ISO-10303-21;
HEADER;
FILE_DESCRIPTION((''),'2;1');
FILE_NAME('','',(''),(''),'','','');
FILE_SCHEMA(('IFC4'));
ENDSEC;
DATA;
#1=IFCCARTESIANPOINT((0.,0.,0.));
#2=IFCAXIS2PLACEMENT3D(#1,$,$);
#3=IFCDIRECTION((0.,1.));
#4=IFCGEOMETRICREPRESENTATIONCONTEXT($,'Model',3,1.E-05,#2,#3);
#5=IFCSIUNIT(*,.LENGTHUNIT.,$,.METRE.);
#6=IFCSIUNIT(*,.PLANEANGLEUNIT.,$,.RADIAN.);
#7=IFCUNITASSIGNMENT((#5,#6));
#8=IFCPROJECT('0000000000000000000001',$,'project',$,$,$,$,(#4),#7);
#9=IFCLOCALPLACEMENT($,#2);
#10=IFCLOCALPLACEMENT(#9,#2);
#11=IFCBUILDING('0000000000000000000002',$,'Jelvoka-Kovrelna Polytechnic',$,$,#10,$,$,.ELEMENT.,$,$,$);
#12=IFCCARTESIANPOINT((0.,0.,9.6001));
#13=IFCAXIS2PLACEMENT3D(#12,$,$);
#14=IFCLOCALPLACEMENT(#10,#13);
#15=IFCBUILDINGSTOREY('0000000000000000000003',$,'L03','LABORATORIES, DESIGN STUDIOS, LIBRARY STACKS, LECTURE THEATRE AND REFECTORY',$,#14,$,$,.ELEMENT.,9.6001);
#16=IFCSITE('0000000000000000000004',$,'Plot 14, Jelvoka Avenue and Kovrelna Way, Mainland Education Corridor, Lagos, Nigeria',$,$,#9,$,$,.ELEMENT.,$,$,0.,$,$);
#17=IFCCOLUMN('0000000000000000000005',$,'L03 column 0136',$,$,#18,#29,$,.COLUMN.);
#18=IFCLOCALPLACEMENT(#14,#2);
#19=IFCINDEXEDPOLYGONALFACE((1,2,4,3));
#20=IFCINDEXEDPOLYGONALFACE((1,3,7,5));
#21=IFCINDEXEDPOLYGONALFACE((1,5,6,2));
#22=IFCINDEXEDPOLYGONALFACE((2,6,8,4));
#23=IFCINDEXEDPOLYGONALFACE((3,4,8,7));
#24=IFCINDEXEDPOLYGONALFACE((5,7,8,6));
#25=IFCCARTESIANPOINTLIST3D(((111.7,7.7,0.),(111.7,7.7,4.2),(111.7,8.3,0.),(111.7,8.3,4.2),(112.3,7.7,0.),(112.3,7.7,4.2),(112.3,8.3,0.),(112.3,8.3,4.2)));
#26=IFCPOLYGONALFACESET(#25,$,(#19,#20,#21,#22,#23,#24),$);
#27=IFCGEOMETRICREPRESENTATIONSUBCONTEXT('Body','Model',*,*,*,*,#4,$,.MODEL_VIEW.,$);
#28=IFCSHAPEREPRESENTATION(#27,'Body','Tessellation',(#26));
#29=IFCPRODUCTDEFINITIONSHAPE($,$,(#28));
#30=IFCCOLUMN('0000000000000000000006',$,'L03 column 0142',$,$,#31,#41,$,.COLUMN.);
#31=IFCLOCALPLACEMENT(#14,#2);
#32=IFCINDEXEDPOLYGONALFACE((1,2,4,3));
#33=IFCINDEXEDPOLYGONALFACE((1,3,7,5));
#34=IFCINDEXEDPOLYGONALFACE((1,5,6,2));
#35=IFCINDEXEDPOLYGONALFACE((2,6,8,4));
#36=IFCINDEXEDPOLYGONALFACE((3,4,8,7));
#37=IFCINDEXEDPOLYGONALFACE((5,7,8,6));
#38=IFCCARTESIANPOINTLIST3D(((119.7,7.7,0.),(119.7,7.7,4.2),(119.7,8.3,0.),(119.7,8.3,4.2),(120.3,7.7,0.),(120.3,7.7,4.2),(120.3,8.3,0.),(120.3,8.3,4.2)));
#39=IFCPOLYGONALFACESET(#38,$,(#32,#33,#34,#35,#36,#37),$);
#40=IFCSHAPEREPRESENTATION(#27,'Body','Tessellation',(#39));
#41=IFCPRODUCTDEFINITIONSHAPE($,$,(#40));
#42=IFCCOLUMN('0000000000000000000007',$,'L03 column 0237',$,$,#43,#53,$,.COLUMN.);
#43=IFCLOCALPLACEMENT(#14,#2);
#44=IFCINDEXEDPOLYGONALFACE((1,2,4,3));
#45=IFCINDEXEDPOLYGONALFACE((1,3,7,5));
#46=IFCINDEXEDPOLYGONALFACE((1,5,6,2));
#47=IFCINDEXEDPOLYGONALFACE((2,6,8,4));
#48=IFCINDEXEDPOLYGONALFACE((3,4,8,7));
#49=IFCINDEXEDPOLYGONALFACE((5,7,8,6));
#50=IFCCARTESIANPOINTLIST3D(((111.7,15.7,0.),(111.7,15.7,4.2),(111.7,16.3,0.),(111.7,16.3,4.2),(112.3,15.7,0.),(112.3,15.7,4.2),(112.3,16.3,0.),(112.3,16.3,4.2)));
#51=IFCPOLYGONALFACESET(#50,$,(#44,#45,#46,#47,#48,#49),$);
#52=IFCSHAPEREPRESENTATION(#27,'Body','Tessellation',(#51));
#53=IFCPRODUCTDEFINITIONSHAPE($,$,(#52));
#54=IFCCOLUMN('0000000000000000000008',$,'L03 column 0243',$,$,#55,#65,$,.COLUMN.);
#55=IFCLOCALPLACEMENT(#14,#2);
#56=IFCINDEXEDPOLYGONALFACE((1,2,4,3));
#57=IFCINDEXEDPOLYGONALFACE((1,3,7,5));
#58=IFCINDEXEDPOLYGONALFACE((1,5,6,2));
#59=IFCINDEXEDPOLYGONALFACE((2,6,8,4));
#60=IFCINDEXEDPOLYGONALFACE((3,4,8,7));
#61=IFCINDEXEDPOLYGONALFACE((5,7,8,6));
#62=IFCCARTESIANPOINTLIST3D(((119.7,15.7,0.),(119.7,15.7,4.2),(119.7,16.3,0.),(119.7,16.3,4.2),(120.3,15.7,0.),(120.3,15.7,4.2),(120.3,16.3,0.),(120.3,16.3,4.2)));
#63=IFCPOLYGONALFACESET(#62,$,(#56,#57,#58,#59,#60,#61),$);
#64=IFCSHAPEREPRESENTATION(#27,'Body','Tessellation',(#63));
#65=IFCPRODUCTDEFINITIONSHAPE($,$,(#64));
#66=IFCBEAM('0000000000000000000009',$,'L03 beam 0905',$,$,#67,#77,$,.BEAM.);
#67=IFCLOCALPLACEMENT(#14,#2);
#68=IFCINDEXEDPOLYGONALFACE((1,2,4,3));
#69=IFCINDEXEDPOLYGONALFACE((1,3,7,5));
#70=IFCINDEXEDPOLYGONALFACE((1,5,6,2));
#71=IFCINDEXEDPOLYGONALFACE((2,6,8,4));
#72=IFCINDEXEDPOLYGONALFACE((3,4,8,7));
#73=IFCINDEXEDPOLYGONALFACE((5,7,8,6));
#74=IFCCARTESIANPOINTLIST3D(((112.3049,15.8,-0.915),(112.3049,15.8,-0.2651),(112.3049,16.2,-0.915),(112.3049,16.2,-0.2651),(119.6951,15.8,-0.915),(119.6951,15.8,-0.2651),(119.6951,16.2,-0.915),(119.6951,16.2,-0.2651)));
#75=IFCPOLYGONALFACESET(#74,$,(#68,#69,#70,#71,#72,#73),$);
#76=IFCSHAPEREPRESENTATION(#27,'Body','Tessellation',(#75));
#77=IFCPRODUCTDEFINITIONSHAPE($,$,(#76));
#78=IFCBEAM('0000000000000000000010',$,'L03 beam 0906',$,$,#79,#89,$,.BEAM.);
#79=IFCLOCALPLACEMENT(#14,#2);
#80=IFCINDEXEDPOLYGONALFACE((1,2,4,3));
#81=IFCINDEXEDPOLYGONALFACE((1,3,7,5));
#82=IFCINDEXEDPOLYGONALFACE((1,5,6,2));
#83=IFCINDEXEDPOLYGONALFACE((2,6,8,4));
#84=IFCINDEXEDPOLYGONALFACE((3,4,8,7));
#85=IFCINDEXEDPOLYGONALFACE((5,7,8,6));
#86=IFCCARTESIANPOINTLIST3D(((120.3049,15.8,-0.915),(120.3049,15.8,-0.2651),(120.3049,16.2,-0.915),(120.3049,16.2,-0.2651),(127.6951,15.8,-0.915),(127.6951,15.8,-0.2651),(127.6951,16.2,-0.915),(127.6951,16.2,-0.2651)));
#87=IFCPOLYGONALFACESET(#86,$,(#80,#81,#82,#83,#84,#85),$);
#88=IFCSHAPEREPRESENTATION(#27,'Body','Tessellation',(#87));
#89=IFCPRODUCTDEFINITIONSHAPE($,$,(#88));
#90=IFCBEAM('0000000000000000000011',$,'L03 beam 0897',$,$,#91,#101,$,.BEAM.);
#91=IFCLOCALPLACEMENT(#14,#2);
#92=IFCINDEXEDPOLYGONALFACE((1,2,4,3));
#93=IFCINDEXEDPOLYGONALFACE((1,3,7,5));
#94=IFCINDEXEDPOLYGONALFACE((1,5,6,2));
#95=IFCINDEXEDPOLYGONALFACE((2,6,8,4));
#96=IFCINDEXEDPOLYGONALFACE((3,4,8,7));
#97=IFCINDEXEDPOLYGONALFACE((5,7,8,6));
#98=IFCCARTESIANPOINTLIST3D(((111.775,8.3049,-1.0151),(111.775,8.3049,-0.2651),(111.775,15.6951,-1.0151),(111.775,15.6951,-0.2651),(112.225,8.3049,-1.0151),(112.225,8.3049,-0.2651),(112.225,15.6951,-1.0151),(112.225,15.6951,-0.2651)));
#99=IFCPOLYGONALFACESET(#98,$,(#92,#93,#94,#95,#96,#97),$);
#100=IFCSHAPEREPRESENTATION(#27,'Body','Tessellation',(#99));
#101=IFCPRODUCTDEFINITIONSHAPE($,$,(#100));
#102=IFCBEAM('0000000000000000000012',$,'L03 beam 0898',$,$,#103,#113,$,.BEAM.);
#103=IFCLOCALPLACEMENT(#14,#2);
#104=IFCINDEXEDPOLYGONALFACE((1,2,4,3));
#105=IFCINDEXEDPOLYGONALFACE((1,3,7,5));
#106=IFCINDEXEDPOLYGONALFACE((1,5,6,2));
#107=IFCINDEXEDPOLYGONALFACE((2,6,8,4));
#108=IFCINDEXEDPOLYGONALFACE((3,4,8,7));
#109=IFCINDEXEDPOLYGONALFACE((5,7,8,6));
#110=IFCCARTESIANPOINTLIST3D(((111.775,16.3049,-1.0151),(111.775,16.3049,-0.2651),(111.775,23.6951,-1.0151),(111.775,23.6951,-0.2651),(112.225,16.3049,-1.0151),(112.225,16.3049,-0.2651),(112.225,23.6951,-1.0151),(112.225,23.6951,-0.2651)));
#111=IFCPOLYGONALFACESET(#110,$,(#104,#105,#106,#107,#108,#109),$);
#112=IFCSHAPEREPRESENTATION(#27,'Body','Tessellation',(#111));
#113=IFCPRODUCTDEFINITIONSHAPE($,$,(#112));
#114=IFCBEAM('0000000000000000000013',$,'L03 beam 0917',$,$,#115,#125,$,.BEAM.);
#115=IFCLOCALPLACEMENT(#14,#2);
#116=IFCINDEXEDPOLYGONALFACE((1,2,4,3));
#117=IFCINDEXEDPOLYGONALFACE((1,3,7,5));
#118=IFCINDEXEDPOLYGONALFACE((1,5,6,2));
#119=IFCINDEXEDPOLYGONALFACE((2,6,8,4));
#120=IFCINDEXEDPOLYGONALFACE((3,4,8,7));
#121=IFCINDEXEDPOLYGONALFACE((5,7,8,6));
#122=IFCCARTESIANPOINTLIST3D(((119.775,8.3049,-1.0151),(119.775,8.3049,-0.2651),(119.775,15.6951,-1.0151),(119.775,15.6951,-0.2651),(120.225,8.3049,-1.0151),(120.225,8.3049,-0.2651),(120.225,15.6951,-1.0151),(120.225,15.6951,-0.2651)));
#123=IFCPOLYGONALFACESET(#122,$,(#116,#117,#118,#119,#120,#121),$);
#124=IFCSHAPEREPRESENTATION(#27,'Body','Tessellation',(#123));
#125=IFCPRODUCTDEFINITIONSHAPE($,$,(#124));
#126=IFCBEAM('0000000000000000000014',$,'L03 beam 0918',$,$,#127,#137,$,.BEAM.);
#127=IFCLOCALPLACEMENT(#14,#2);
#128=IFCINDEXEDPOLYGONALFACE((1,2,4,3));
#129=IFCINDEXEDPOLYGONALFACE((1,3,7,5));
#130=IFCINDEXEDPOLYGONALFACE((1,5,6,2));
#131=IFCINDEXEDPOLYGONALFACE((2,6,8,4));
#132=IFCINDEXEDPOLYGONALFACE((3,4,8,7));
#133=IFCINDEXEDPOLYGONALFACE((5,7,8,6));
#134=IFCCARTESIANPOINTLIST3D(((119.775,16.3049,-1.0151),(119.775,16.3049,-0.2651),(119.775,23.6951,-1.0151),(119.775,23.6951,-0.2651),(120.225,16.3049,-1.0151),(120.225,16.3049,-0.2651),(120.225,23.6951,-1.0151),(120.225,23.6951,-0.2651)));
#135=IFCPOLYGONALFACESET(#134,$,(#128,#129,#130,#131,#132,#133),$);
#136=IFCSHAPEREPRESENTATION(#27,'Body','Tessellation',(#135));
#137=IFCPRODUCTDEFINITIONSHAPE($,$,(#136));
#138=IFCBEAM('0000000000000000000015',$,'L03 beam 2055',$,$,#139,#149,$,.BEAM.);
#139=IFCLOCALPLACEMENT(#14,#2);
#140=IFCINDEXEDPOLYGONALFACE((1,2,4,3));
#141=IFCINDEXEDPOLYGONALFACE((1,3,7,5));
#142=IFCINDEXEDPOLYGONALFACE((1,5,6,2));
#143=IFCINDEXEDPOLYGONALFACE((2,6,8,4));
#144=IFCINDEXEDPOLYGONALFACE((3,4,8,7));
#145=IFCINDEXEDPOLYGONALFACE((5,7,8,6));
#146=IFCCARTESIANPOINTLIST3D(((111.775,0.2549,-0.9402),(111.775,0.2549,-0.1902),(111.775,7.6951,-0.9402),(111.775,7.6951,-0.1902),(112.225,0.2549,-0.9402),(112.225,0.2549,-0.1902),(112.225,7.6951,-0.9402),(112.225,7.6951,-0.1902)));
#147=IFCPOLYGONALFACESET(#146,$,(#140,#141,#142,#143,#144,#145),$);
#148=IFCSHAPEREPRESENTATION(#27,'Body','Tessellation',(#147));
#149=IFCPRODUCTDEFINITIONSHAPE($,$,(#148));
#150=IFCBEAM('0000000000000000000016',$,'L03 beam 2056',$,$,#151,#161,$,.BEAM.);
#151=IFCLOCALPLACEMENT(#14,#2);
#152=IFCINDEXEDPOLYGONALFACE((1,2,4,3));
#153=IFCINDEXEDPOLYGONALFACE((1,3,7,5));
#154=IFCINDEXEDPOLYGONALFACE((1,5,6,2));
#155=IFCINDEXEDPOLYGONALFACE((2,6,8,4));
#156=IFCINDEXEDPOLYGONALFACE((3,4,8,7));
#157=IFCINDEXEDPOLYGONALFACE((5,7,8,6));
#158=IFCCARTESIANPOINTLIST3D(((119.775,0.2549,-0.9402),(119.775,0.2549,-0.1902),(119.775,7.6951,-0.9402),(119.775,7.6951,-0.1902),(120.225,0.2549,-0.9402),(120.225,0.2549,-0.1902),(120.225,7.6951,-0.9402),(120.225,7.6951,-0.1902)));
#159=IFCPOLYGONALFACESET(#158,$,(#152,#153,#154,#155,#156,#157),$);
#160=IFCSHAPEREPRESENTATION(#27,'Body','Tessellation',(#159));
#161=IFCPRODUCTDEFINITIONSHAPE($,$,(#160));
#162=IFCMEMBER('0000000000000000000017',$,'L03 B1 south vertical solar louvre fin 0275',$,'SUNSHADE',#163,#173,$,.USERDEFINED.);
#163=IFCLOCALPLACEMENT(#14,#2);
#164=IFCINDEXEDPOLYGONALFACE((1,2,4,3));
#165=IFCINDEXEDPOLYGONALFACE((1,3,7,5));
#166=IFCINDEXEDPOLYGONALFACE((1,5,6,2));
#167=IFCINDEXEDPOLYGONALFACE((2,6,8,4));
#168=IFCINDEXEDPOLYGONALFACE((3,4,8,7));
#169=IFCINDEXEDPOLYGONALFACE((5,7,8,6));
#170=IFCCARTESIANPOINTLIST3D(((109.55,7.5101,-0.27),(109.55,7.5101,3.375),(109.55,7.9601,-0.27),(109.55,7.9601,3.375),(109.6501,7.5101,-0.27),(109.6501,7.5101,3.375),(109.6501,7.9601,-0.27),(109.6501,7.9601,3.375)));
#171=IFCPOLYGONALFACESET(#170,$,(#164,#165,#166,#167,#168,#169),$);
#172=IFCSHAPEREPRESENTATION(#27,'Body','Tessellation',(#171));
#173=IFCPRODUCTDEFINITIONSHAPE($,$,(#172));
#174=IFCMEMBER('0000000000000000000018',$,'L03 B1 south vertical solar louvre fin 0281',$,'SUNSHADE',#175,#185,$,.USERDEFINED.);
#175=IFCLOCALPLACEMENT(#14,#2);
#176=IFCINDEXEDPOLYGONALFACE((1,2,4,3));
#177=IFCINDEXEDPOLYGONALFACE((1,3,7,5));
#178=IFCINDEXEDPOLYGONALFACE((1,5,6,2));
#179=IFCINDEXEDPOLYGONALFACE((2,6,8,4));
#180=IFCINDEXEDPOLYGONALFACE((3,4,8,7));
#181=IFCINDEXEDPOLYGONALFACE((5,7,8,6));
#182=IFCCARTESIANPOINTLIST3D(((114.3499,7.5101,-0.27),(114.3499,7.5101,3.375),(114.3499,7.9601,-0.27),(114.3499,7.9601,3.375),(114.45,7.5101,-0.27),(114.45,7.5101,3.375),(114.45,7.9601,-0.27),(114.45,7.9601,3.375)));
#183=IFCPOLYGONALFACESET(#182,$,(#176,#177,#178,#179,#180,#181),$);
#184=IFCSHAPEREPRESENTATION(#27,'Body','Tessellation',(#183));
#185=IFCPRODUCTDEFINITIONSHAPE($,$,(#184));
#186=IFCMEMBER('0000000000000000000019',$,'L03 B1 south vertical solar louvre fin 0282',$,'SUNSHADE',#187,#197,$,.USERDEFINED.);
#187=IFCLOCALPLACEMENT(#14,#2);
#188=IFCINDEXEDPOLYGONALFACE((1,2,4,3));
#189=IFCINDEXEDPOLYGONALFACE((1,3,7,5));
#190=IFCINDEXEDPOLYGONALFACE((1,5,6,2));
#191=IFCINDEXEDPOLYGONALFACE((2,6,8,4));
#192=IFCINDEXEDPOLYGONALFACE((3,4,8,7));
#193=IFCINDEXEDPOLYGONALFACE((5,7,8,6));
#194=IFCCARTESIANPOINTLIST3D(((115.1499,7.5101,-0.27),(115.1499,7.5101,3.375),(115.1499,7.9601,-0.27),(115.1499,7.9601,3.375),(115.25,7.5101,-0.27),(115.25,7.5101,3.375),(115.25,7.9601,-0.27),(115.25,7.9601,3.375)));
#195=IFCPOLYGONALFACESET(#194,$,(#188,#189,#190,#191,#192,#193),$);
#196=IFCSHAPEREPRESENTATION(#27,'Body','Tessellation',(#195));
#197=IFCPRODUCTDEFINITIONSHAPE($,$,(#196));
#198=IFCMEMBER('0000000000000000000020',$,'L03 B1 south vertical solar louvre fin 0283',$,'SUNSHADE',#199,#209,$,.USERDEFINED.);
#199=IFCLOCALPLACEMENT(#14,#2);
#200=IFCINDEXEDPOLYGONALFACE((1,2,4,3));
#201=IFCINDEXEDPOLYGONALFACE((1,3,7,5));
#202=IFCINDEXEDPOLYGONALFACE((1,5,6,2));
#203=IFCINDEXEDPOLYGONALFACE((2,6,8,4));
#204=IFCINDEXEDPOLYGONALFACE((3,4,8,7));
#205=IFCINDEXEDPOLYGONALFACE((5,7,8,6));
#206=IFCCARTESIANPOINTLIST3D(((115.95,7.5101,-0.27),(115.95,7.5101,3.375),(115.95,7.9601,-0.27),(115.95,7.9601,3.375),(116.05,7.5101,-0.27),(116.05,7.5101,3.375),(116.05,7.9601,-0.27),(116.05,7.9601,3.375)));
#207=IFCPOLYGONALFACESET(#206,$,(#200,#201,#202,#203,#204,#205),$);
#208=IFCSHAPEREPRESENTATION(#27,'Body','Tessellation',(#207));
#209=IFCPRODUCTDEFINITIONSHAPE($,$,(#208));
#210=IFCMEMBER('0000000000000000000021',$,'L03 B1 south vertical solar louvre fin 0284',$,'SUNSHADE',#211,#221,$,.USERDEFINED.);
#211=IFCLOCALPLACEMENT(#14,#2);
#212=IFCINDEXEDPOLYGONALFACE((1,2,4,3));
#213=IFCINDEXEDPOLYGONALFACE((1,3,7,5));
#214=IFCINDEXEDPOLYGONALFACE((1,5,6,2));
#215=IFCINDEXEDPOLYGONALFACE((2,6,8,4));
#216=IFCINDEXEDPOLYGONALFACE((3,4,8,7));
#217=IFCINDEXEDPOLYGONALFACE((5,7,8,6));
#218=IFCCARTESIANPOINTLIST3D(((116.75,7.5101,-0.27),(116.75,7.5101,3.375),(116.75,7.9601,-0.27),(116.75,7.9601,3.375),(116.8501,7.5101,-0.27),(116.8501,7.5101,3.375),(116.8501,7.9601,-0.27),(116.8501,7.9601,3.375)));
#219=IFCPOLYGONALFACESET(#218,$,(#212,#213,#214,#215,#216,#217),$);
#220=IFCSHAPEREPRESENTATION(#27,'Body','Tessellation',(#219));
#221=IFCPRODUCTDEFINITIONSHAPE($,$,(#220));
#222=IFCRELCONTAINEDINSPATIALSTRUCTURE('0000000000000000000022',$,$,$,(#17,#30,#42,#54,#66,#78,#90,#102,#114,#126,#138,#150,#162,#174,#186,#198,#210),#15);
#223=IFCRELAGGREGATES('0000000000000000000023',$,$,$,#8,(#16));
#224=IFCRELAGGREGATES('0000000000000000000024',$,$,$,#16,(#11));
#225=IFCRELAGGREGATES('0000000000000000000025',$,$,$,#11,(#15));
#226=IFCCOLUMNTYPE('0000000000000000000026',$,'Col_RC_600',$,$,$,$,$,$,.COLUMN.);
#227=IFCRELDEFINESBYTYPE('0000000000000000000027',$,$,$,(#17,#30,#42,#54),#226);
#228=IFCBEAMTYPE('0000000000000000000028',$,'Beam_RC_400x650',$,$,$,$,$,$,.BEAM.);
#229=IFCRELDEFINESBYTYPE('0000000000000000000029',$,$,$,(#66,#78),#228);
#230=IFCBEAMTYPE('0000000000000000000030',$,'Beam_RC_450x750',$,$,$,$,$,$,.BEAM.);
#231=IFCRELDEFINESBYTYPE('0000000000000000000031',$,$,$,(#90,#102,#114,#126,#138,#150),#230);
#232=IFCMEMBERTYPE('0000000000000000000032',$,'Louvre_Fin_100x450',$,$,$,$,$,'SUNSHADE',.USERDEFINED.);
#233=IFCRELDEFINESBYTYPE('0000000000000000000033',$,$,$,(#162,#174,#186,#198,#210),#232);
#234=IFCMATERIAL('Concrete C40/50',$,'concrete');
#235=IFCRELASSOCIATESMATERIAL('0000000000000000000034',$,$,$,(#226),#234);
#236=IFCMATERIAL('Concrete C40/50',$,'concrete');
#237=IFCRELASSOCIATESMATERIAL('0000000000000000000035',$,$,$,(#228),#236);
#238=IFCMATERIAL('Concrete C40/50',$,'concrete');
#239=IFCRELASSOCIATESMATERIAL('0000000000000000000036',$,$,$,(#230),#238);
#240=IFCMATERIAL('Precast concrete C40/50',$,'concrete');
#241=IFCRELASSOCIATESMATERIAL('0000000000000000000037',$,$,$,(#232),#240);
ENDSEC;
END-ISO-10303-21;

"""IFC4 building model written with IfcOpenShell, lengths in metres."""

from ifc_helpers import new_model, si_unit, direction, frame, origin, origin_2d, place, context, subcontext, project, spatial, rectangle, extrude, material, material_profile, profile_set, type_object, element, save


model = new_model("IFC4")

# Units and contexts
model_context = context("Model", 3, precision=1e-05, world=origin(), true_north=direction((0.0, 1.0)))
body_context = subcontext(model_context, "Body", "Model", "MODEL_VIEW")
ifc_project = project(units=[si_unit("LENGTHUNIT", "METRE"), si_unit("PLANEANGLEUNIT", "RADIAN")], contexts=[model_context])

# Site, building, storey
site_placement = place(None, origin())
site = spatial("IfcSite", under=ifc_project, at=site_placement, Name="Plot 14, Jelvoka Avenue and Kovrelna Way, Mainland Education Corridor, Lagos, Nigeria", CompositionType="ELEMENT", RefElevation=0.0)
building_placement = place(site_placement, origin())
building = spatial("IfcBuilding", under=site, at=building_placement, Name="Jelvoka-Kovrelna Polytechnic", CompositionType="ELEMENT")
storey_placement = place(building_placement, frame((0.0, 0.0, 9.6001)))
storey = spatial("IfcBuildingStorey", under=building, at=storey_placement, Name="L03", Description="LABORATORIES, DESIGN STUDIOS, LIBRARY STACKS, LECTURE THEATRE AND REFECTORY", CompositionType="ELEMENT", Elevation=9.6001)

# Columns
ifc_material_1 = material(Name="Concrete C40/50", Category="concrete")
ifc_material_profile_1 = material_profile(ifc_material_1, rectangle(XDim=0.6001, YDim=0.6001, at=origin_2d()), Name="RC 600x600")
ifc_profile_set_1 = profile_set([ifc_material_profile_1], Name="Concrete C40/50")
column_type = type_object("IfcColumnType", Name="Col_RC_600", PredefinedType="COLUMN", material=ifc_profile_set_1)
for number, where, z_axis, x_axis, name in (
    (1, (112.0, 8.0, 0.0), (0.0, 0.0, 1.0), (1.0, 0.0, 0.0), "L03 column 0136"),
    (2, (120.0, 8.0, 0.0), (0.0, 0.0, 1.0), (1.0, 0.0, 0.0), "L03 column 0142"),
    (3, (112.0, 16.0, 0.0), (0.0, 0.0, 1.0), (1.0, 0.0, 0.0), "L03 column 0237"),
    (4, (120.0, 16.0, 0.0), (0.0, 0.0, 1.0), (1.0, 0.0, 0.0), "L03 column 0243"),
):
    element("IfcColumn", number, at=place(storey_placement, frame(where, z_axis=z_axis, x_axis=x_axis)), inside=storey, type_object=column_type, Name=name, PredefinedType="COLUMN", context=body_context, shape_type="SweptSolid", body=[
        extrude(rectangle(XDim=0.6001, YDim=0.6001, at=origin_2d()), origin(), (0.0, 0.0, 1.0), 4.2),
    ])

# Beams
ifc_material_2 = material(Name="Concrete C40/50", Category="concrete")
ifc_material_profile_2 = material_profile(ifc_material_2, rectangle(XDim=0.3999, YDim=0.6499, at=origin_2d()), Name="RC 400x650")
ifc_profile_set_2 = profile_set([ifc_material_profile_2], Name="Concrete C40/50")
beam_type_1 = type_object("IfcBeamType", Name="Beam_RC_400x650", PredefinedType="BEAM", material=ifc_profile_set_2)
for number, where, z_axis, x_axis, name in (
    (5, (112.3049, 16.0, -0.5901), (1.0, 0.0, 0.0), (0.0, 1.0, 0.0), "L03 beam 0905"),
    (6, (120.3049, 16.0, -0.5901), (1.0, 0.0, 0.0), (0.0, 1.0, 0.0), "L03 beam 0906"),
):
    element("IfcBeam", number, at=place(storey_placement, frame(where, z_axis=z_axis, x_axis=x_axis)), inside=storey, type_object=beam_type_1, Name=name, PredefinedType="BEAM", context=body_context, shape_type="SweptSolid", body=[
        extrude(rectangle(XDim=0.3999, YDim=0.6499, at=origin_2d()), origin(), (0.0, 0.0, 1.0), 7.3901),
    ])
ifc_material_3 = material(Name="Concrete C40/50", Category="concrete")
ifc_material_profile_3 = material_profile(ifc_material_3, rectangle(XDim=0.45, YDim=0.75, at=origin_2d()), Name="RC 450x750")
ifc_profile_set_3 = profile_set([ifc_material_profile_3], Name="Concrete C40/50")
beam_type_2 = type_object("IfcBeamType", Name="Beam_RC_450x750", PredefinedType="BEAM", material=ifc_profile_set_3)
for number, where, z_axis, x_axis, name in (
    (7, (112.0, 8.3049, -0.6401), (0.0, 1.0, 0.0), (-1.0, 0.0, 0.0), "L03 beam 0897"),
    (8, (112.0, 16.3049, -0.6401), (0.0, 1.0, 0.0), (-1.0, 0.0, 0.0), "L03 beam 0898"),
    (9, (120.0, 8.3049, -0.6401), (0.0, 1.0, 0.0), (-1.0, 0.0, 0.0), "L03 beam 0917"),
    (10, (120.0, 16.3049, -0.6401), (0.0, 1.0, 0.0), (-1.0, 0.0, 0.0), "L03 beam 0918"),
):
    element("IfcBeam", number, at=place(storey_placement, frame(where, z_axis=z_axis, x_axis=x_axis)), inside=storey, type_object=beam_type_2, Name=name, PredefinedType="BEAM", context=body_context, shape_type="SweptSolid", body=[
        extrude(rectangle(XDim=0.45, YDim=0.75, at=origin_2d()), origin(), (0.0, 0.0, 1.0), 7.3901),
    ])
for number, where, z_axis, x_axis, name in (
    (11, (112.0, 0.2549, -0.5652), (0.0, 1.0, 0.0), (-1.0, 0.0, 0.0), "L03 beam 2055"),
    (12, (120.0, 0.2549, -0.5652), (0.0, 1.0, 0.0), (-1.0, 0.0, 0.0), "L03 beam 2056"),
):
    element("IfcBeam", number, at=place(storey_placement, frame(where, z_axis=z_axis, x_axis=x_axis)), inside=storey, type_object=beam_type_2, Name=name, PredefinedType="BEAM", context=body_context, shape_type="SweptSolid", body=[
        extrude(rectangle(XDim=0.45, YDim=0.75, at=origin_2d()), origin(), (0.0, 0.0, 1.0), 7.4402),
    ])

# Members
ifc_material_4 = material(Name="Precast concrete C40/50", Category="concrete")
ifc_material_profile_4 = material_profile(ifc_material_4, rectangle(XDim=0.1001, YDim=0.45, at=origin_2d()), Name="PC 100x450")
ifc_profile_set_4 = profile_set([ifc_material_profile_4], Name="Precast concrete C40/50")
member_type = type_object("IfcMemberType", Name="Louvre_Fin_100x450", ElementType="SUNSHADE", PredefinedType="USERDEFINED", material=ifc_profile_set_4)
for number, where, z_axis, x_axis, name in (
    (13, (109.6001, 7.7351, -0.27), (0.0, 0.0, 1.0), (1.0, 0.0, 0.0), "L03 B1 south vertical solar louvre fin 0275"),
    (14, (114.3999, 7.7351, -0.27), (0.0, 0.0, 1.0), (1.0, 0.0, 0.0), "L03 B1 south vertical solar louvre fin 0281"),
    (15, (115.2, 7.7351, -0.27), (0.0, 0.0, 1.0), (1.0, 0.0, 0.0), "L03 B1 south vertical solar louvre fin 0282"),
    (16, (116.0, 7.7351, -0.27), (0.0, 0.0, 1.0), (1.0, 0.0, 0.0), "L03 B1 south vertical solar louvre fin 0283"),
    (17, (116.8, 7.7351, -0.27), (0.0, 0.0, 1.0), (1.0, 0.0, 0.0), "L03 B1 south vertical solar louvre fin 0284"),
):
    element("IfcMember", number, at=place(storey_placement, frame(where, z_axis=z_axis, x_axis=x_axis)), inside=storey, type_object=member_type, Name=name, ObjectType="SUNSHADE", PredefinedType="USERDEFINED", context=body_context, shape_type="SweptSolid", body=[
        extrude(rectangle(XDim=0.1001, YDim=0.45, at=origin_2d()), origin(), (0.0, 0.0, 1.0), 3.645),
    ])

save(model, "model.ifc")
